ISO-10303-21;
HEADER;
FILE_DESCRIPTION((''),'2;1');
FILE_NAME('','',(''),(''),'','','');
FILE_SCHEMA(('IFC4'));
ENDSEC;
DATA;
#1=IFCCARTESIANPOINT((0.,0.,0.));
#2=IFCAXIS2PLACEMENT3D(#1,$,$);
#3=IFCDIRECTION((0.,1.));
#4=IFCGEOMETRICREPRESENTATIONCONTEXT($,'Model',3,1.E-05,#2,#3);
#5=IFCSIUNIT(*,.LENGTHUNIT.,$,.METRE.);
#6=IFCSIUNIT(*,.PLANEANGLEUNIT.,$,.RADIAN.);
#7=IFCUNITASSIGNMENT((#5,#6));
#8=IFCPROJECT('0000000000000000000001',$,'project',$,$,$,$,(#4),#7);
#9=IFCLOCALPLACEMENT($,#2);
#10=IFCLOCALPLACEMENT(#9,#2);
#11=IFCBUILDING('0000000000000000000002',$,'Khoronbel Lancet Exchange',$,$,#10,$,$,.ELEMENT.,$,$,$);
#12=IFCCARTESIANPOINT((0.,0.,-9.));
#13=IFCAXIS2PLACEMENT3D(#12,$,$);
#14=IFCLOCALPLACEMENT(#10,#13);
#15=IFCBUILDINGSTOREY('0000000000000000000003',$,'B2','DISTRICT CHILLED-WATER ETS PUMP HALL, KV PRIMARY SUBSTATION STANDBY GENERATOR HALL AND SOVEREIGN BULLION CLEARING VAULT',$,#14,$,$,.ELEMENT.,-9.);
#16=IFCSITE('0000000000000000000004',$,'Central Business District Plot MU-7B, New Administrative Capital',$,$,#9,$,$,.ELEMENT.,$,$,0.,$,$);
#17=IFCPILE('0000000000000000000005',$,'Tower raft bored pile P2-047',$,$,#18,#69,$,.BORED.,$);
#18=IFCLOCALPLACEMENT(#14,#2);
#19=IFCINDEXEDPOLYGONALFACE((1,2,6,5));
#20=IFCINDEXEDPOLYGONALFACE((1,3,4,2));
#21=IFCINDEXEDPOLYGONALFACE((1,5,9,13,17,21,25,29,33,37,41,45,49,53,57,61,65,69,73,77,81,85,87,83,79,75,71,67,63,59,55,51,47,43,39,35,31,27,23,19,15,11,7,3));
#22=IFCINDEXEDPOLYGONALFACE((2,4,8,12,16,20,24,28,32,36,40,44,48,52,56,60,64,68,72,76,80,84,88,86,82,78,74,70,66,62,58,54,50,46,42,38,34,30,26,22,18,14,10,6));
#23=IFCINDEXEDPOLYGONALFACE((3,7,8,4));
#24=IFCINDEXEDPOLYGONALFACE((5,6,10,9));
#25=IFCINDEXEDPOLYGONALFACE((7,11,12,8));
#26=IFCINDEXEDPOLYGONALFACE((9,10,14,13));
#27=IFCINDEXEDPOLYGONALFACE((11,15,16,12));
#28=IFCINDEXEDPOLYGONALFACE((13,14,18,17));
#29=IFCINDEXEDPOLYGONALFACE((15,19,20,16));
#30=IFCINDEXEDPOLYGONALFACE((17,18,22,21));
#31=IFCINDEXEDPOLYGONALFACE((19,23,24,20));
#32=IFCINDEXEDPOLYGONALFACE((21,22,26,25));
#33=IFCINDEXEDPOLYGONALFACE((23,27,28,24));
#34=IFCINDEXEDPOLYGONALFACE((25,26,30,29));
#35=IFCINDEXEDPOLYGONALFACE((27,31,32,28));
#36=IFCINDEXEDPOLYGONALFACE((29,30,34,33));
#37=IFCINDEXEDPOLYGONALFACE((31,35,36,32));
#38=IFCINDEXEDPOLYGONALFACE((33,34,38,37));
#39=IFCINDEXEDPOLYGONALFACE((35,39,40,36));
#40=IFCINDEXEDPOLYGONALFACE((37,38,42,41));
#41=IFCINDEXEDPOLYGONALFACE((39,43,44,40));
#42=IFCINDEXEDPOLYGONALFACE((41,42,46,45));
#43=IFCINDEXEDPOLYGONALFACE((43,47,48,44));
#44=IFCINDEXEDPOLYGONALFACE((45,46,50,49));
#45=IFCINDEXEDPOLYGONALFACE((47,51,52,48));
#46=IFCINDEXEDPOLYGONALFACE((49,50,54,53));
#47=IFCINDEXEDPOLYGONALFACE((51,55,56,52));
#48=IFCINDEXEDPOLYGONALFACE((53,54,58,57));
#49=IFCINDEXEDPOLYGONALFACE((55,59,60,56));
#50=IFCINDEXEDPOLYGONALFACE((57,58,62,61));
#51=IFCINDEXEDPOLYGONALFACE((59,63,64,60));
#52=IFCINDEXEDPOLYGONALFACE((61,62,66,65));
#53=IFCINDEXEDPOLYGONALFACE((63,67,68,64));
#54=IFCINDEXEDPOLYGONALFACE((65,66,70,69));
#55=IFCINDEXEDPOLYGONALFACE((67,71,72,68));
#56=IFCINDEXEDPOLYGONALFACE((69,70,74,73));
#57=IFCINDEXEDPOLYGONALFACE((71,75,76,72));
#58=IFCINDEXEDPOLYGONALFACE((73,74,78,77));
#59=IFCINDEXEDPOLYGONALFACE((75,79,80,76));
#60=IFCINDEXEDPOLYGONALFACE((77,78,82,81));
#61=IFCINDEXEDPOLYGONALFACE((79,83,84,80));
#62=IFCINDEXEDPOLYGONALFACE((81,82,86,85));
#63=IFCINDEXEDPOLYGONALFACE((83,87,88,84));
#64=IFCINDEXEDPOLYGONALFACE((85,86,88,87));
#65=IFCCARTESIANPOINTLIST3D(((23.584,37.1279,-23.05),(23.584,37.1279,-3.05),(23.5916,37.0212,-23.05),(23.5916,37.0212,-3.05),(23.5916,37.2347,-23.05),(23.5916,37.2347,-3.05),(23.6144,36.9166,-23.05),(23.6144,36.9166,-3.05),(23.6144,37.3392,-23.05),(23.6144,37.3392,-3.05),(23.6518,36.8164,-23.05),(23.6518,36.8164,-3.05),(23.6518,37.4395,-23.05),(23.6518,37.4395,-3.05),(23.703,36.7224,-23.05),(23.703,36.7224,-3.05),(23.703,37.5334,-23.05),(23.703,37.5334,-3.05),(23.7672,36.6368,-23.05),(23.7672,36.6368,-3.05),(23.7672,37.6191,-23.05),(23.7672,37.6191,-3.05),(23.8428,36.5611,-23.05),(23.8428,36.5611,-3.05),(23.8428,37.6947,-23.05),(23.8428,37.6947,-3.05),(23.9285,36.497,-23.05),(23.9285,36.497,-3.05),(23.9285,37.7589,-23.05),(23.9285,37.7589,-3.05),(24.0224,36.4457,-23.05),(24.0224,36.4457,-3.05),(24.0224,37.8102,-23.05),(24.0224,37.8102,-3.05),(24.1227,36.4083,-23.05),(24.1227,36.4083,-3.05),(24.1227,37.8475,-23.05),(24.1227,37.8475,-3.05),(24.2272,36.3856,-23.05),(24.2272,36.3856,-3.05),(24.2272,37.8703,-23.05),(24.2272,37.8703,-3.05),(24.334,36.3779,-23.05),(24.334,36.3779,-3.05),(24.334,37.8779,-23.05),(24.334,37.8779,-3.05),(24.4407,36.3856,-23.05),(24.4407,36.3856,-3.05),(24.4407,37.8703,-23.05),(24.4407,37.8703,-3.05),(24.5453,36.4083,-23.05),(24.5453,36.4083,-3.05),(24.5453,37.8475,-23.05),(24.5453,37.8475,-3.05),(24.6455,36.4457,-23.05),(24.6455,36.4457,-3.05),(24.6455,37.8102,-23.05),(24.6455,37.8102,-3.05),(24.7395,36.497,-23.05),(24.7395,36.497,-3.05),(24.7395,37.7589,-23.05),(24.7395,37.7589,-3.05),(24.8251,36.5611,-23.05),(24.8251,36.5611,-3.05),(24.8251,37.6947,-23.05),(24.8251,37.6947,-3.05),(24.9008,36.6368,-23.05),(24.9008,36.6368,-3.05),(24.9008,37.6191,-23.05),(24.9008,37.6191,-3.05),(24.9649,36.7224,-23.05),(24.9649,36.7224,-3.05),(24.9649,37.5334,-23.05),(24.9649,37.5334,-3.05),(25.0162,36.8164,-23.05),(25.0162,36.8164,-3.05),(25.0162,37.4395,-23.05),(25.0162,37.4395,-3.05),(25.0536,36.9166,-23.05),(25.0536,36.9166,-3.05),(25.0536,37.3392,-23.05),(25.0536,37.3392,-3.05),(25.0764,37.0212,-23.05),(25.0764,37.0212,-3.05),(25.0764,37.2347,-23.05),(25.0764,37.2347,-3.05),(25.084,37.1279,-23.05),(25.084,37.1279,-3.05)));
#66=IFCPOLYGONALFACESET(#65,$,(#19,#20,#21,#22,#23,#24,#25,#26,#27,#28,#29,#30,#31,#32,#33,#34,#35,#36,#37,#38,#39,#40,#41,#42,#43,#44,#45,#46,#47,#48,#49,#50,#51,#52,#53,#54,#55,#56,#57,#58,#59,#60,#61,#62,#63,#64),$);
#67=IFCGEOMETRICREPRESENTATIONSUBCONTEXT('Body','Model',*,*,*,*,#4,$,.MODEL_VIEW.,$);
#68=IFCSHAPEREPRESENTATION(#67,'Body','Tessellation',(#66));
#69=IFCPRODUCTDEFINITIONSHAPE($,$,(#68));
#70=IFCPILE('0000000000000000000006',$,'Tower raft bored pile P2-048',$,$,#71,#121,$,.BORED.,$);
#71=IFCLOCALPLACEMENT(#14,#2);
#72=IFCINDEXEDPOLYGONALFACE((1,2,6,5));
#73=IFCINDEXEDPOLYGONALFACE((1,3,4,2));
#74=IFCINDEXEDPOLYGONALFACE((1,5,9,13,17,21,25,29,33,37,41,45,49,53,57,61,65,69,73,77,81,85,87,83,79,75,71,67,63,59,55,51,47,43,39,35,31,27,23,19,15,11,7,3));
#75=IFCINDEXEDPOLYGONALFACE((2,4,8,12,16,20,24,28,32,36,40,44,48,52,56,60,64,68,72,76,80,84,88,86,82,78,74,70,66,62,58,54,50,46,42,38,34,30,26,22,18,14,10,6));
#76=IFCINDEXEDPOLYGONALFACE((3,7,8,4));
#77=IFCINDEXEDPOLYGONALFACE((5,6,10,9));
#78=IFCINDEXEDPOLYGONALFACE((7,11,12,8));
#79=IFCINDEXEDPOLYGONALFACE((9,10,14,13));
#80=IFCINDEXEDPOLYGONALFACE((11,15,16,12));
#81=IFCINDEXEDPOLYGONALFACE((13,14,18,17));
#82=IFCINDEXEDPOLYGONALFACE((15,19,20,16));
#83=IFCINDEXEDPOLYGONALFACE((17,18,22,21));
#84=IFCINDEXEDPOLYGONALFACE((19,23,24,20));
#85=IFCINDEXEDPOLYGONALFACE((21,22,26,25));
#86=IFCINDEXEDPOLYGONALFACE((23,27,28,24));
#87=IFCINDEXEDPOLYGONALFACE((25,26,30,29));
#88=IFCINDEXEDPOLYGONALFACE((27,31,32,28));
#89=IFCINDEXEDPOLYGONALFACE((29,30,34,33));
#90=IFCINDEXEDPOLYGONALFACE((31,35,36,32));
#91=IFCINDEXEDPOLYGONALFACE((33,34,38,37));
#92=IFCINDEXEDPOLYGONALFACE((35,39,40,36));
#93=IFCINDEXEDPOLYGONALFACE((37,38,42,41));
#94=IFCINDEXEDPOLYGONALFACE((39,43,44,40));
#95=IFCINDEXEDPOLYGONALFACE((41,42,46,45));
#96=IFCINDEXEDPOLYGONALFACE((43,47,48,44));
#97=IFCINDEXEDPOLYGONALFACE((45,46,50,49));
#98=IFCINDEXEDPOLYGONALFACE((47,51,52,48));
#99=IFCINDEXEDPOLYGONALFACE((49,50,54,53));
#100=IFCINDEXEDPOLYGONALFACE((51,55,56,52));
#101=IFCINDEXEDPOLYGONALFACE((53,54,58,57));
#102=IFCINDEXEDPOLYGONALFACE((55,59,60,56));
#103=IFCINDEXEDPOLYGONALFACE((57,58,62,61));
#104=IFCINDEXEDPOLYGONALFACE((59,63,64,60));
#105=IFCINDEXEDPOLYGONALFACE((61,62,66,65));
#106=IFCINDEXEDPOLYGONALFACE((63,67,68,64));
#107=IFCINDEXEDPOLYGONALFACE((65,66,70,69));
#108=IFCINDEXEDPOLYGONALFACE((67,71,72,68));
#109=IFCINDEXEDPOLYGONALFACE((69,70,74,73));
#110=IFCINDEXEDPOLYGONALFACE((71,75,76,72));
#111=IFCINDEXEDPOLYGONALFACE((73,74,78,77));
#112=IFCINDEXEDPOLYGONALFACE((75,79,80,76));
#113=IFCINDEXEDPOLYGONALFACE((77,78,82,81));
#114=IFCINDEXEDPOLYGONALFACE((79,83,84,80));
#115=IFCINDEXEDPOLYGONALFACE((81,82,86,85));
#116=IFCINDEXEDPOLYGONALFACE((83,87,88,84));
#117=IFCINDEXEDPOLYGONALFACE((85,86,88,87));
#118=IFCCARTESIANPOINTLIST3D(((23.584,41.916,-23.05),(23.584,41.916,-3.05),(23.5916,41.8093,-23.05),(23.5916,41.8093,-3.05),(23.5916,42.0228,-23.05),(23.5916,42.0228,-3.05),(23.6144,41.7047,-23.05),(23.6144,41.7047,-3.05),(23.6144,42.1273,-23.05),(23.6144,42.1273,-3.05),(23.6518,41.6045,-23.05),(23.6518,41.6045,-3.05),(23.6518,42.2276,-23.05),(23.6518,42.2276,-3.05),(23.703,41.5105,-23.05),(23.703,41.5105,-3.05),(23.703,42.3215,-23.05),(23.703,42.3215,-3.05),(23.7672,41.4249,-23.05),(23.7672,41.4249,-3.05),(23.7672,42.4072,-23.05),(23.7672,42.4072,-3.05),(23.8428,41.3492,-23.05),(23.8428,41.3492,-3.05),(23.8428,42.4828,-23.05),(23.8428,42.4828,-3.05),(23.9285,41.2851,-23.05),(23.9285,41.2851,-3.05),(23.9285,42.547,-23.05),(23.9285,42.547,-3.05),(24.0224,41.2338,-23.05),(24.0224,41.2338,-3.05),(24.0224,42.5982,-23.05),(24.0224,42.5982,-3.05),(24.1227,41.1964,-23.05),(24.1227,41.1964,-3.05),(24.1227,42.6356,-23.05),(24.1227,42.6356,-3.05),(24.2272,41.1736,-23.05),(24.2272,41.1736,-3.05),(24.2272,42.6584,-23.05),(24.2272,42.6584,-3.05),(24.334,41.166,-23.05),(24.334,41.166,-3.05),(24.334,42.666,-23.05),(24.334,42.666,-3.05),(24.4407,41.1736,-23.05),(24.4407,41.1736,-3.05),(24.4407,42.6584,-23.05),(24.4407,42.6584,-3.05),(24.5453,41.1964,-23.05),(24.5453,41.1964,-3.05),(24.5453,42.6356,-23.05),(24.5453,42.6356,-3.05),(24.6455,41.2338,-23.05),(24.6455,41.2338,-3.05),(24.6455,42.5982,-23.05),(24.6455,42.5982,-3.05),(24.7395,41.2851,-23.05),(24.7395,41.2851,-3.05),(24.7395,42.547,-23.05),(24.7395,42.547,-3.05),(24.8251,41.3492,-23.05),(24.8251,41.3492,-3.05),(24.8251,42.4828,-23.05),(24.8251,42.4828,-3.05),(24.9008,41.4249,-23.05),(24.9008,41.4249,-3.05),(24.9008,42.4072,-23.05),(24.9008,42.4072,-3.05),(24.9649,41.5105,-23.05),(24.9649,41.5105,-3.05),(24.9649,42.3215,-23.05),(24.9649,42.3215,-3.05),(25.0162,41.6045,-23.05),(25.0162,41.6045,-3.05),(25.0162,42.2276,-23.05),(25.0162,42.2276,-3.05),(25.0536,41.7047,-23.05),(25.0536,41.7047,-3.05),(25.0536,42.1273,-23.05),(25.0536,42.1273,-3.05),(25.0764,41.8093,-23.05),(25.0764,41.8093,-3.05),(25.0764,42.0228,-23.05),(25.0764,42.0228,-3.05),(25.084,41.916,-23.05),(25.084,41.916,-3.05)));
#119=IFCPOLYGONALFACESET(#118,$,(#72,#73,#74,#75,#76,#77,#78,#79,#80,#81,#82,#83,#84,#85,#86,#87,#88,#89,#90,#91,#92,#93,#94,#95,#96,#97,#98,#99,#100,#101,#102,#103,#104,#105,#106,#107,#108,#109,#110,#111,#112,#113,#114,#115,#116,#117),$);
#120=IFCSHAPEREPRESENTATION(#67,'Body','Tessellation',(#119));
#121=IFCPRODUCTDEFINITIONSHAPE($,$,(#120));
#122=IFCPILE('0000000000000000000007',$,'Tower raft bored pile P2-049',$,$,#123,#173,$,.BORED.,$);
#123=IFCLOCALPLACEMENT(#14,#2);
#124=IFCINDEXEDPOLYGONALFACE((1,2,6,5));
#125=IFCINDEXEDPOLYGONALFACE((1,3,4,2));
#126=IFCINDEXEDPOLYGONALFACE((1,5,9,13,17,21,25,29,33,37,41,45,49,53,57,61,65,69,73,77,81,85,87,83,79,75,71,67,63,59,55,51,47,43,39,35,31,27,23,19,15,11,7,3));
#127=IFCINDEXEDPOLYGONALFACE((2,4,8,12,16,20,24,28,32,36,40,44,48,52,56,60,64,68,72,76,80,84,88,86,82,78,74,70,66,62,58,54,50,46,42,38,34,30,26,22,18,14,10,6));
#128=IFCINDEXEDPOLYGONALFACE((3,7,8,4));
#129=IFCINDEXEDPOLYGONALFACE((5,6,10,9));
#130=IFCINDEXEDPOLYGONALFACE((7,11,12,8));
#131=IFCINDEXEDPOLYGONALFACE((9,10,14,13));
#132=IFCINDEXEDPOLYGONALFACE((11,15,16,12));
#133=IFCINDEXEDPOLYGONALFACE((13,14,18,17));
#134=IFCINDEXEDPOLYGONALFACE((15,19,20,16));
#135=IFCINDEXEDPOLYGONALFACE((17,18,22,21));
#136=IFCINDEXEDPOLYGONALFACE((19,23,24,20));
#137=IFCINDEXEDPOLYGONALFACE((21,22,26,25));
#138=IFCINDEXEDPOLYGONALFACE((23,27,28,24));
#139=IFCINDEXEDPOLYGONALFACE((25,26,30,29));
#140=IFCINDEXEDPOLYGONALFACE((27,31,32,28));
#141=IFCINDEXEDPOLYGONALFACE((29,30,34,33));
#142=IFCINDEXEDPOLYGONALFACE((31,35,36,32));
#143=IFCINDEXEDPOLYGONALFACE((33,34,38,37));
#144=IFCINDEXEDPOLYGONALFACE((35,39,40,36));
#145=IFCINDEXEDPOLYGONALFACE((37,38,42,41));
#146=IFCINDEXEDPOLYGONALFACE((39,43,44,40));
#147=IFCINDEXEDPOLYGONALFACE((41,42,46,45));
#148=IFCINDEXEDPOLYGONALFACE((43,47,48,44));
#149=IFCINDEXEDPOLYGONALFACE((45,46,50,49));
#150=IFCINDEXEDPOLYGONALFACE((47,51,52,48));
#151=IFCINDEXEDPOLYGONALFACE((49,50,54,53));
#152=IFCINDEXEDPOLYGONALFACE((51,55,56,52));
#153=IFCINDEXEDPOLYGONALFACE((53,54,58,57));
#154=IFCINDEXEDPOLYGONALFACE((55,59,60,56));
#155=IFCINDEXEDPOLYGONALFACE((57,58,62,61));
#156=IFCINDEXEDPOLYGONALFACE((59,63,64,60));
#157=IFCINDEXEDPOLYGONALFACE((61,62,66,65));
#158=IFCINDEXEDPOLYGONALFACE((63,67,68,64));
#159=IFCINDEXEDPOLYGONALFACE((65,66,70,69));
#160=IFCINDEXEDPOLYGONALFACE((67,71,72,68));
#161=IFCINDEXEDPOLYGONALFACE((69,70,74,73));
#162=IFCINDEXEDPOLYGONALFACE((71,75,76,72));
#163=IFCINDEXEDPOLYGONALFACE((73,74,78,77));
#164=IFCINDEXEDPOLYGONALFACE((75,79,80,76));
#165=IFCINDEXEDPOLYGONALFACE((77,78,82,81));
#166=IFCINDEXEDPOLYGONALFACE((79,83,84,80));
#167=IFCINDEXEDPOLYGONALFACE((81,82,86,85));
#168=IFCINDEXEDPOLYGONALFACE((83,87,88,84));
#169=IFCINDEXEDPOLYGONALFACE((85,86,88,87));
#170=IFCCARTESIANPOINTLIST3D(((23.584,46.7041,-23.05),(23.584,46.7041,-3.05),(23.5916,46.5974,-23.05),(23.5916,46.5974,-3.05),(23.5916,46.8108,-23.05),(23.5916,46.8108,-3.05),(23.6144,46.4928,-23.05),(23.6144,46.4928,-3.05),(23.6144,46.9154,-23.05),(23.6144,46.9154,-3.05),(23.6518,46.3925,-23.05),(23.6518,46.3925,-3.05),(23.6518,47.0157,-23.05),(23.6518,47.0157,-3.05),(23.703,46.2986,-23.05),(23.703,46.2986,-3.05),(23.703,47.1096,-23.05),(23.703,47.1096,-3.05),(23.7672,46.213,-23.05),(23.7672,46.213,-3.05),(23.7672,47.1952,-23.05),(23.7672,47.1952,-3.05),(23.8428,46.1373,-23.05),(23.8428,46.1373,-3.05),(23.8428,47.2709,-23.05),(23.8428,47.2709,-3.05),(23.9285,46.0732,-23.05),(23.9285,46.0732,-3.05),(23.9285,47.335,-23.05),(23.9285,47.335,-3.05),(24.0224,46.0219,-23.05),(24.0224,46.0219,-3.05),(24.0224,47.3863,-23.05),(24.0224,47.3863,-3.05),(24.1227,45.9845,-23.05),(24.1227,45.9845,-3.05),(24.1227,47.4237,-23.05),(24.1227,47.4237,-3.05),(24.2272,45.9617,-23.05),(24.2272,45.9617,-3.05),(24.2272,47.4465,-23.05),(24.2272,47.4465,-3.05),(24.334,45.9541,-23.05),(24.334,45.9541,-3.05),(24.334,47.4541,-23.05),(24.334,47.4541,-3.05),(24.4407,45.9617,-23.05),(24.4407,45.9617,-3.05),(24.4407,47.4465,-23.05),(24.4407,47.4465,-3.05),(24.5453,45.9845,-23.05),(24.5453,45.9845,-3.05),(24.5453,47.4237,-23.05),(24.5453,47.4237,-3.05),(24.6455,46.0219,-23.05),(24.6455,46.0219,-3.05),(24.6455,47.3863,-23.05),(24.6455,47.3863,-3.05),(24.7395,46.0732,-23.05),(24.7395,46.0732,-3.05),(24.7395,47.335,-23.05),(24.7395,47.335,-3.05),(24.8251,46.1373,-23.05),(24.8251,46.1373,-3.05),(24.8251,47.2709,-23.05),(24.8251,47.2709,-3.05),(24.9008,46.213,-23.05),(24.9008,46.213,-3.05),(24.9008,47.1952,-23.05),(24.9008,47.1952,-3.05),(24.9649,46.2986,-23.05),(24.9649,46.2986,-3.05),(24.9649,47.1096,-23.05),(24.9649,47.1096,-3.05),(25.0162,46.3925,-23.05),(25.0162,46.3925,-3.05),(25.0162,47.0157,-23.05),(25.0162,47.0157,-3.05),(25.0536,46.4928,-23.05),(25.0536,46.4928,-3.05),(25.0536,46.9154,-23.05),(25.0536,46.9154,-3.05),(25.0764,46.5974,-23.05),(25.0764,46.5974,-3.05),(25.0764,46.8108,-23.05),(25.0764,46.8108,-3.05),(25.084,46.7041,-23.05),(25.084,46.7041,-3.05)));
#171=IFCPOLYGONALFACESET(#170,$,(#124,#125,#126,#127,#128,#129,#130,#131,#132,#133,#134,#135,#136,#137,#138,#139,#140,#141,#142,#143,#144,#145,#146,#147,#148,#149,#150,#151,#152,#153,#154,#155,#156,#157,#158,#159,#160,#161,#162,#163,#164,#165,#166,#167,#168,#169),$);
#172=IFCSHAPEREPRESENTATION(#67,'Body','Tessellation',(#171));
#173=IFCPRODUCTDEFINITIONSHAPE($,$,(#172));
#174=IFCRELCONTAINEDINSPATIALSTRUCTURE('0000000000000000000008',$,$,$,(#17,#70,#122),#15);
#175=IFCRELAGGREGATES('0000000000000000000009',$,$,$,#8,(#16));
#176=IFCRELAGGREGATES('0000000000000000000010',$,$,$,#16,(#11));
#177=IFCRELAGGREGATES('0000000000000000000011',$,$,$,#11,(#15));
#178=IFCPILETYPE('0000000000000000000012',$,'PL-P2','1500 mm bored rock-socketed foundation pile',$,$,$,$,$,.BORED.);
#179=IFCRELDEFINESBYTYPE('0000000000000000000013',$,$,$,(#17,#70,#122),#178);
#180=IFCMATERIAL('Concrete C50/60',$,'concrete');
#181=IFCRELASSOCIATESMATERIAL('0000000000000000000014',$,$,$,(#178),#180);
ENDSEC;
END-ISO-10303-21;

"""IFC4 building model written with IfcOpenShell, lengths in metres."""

from ifc_helpers import new_model, si_unit, direction, frame, origin, origin_2d, place, context, subcontext, project, spatial, circle, extrude, material, material_profile, profile_set, type_object, element, save


model = new_model("IFC4")

# Units and contexts
model_context = context("Model", 3, precision=1e-05, world=origin(), true_north=direction((0.0, 1.0)))
body_context = subcontext(model_context, "Body", "Model", "MODEL_VIEW")
ifc_project = project(units=[si_unit("LENGTHUNIT", "METRE"), si_unit("PLANEANGLEUNIT", "RADIAN")], contexts=[model_context])

# Site, building, storey
site_placement = place(None, origin())
site = spatial("IfcSite", under=ifc_project, at=site_placement, Name="Central Business District Plot MU-7B, New Administrative Capital", CompositionType="ELEMENT", RefElevation=0.0)
building_placement = place(site_placement, origin())
building = spatial("IfcBuilding", under=site, at=building_placement, Name="Khoronbel Lancet Exchange", CompositionType="ELEMENT")
storey_placement = place(building_placement, frame((0.0, 0.0, -9.0)))
storey = spatial("IfcBuildingStorey", under=building, at=storey_placement, Name="B2", Description="DISTRICT CHILLED-WATER ETS PUMP HALL, KV PRIMARY SUBSTATION STANDBY GENERATOR HALL AND SOVEREIGN BULLION CLEARING VAULT", CompositionType="ELEMENT", Elevation=-9.0)

# Piles
ifc_material_1 = material(Name="Concrete C50/60", Category="concrete")
ifc_material_profile_1 = material_profile(ifc_material_1, circle(Radius=0.75, at=origin_2d()), Name="BORED PILE D1500")
ifc_profile_set_1 = profile_set([ifc_material_profile_1], Name="Concrete C50/60")
pile_type = type_object("IfcPileType", Name="PL-P2", Description="1500 mm bored rock-socketed foundation pile", PredefinedType="BORED", material=ifc_profile_set_1)
for number, where, z_axis, x_axis, name in (
    (1, (24.334, 37.1279, -3.05), (0.0, 0.0, -1.0), (1.0, 0.0, 0.0), "Tower raft bored pile P2-047"),
    (2, (24.334, 41.916, -3.05), (0.0, 0.0, -1.0), (1.0, 0.0, 0.0), "Tower raft bored pile P2-048"),
    (3, (24.334, 46.7041, -3.05), (0.0, 0.0, -1.0), (1.0, 0.0, 0.0), "Tower raft bored pile P2-049"),
):
    element("IfcPile", number, at=place(storey_placement, frame(where, z_axis=z_axis, x_axis=x_axis)), inside=storey, type_object=pile_type, Name=name, PredefinedType="BORED", context=body_context, shape_type="SweptSolid", body=[
        extrude(circle(Radius=0.75, at=origin_2d()), origin(), (0.0, 0.0, 1.0), 20.0),
    ])

save(model, "model.ifc")
